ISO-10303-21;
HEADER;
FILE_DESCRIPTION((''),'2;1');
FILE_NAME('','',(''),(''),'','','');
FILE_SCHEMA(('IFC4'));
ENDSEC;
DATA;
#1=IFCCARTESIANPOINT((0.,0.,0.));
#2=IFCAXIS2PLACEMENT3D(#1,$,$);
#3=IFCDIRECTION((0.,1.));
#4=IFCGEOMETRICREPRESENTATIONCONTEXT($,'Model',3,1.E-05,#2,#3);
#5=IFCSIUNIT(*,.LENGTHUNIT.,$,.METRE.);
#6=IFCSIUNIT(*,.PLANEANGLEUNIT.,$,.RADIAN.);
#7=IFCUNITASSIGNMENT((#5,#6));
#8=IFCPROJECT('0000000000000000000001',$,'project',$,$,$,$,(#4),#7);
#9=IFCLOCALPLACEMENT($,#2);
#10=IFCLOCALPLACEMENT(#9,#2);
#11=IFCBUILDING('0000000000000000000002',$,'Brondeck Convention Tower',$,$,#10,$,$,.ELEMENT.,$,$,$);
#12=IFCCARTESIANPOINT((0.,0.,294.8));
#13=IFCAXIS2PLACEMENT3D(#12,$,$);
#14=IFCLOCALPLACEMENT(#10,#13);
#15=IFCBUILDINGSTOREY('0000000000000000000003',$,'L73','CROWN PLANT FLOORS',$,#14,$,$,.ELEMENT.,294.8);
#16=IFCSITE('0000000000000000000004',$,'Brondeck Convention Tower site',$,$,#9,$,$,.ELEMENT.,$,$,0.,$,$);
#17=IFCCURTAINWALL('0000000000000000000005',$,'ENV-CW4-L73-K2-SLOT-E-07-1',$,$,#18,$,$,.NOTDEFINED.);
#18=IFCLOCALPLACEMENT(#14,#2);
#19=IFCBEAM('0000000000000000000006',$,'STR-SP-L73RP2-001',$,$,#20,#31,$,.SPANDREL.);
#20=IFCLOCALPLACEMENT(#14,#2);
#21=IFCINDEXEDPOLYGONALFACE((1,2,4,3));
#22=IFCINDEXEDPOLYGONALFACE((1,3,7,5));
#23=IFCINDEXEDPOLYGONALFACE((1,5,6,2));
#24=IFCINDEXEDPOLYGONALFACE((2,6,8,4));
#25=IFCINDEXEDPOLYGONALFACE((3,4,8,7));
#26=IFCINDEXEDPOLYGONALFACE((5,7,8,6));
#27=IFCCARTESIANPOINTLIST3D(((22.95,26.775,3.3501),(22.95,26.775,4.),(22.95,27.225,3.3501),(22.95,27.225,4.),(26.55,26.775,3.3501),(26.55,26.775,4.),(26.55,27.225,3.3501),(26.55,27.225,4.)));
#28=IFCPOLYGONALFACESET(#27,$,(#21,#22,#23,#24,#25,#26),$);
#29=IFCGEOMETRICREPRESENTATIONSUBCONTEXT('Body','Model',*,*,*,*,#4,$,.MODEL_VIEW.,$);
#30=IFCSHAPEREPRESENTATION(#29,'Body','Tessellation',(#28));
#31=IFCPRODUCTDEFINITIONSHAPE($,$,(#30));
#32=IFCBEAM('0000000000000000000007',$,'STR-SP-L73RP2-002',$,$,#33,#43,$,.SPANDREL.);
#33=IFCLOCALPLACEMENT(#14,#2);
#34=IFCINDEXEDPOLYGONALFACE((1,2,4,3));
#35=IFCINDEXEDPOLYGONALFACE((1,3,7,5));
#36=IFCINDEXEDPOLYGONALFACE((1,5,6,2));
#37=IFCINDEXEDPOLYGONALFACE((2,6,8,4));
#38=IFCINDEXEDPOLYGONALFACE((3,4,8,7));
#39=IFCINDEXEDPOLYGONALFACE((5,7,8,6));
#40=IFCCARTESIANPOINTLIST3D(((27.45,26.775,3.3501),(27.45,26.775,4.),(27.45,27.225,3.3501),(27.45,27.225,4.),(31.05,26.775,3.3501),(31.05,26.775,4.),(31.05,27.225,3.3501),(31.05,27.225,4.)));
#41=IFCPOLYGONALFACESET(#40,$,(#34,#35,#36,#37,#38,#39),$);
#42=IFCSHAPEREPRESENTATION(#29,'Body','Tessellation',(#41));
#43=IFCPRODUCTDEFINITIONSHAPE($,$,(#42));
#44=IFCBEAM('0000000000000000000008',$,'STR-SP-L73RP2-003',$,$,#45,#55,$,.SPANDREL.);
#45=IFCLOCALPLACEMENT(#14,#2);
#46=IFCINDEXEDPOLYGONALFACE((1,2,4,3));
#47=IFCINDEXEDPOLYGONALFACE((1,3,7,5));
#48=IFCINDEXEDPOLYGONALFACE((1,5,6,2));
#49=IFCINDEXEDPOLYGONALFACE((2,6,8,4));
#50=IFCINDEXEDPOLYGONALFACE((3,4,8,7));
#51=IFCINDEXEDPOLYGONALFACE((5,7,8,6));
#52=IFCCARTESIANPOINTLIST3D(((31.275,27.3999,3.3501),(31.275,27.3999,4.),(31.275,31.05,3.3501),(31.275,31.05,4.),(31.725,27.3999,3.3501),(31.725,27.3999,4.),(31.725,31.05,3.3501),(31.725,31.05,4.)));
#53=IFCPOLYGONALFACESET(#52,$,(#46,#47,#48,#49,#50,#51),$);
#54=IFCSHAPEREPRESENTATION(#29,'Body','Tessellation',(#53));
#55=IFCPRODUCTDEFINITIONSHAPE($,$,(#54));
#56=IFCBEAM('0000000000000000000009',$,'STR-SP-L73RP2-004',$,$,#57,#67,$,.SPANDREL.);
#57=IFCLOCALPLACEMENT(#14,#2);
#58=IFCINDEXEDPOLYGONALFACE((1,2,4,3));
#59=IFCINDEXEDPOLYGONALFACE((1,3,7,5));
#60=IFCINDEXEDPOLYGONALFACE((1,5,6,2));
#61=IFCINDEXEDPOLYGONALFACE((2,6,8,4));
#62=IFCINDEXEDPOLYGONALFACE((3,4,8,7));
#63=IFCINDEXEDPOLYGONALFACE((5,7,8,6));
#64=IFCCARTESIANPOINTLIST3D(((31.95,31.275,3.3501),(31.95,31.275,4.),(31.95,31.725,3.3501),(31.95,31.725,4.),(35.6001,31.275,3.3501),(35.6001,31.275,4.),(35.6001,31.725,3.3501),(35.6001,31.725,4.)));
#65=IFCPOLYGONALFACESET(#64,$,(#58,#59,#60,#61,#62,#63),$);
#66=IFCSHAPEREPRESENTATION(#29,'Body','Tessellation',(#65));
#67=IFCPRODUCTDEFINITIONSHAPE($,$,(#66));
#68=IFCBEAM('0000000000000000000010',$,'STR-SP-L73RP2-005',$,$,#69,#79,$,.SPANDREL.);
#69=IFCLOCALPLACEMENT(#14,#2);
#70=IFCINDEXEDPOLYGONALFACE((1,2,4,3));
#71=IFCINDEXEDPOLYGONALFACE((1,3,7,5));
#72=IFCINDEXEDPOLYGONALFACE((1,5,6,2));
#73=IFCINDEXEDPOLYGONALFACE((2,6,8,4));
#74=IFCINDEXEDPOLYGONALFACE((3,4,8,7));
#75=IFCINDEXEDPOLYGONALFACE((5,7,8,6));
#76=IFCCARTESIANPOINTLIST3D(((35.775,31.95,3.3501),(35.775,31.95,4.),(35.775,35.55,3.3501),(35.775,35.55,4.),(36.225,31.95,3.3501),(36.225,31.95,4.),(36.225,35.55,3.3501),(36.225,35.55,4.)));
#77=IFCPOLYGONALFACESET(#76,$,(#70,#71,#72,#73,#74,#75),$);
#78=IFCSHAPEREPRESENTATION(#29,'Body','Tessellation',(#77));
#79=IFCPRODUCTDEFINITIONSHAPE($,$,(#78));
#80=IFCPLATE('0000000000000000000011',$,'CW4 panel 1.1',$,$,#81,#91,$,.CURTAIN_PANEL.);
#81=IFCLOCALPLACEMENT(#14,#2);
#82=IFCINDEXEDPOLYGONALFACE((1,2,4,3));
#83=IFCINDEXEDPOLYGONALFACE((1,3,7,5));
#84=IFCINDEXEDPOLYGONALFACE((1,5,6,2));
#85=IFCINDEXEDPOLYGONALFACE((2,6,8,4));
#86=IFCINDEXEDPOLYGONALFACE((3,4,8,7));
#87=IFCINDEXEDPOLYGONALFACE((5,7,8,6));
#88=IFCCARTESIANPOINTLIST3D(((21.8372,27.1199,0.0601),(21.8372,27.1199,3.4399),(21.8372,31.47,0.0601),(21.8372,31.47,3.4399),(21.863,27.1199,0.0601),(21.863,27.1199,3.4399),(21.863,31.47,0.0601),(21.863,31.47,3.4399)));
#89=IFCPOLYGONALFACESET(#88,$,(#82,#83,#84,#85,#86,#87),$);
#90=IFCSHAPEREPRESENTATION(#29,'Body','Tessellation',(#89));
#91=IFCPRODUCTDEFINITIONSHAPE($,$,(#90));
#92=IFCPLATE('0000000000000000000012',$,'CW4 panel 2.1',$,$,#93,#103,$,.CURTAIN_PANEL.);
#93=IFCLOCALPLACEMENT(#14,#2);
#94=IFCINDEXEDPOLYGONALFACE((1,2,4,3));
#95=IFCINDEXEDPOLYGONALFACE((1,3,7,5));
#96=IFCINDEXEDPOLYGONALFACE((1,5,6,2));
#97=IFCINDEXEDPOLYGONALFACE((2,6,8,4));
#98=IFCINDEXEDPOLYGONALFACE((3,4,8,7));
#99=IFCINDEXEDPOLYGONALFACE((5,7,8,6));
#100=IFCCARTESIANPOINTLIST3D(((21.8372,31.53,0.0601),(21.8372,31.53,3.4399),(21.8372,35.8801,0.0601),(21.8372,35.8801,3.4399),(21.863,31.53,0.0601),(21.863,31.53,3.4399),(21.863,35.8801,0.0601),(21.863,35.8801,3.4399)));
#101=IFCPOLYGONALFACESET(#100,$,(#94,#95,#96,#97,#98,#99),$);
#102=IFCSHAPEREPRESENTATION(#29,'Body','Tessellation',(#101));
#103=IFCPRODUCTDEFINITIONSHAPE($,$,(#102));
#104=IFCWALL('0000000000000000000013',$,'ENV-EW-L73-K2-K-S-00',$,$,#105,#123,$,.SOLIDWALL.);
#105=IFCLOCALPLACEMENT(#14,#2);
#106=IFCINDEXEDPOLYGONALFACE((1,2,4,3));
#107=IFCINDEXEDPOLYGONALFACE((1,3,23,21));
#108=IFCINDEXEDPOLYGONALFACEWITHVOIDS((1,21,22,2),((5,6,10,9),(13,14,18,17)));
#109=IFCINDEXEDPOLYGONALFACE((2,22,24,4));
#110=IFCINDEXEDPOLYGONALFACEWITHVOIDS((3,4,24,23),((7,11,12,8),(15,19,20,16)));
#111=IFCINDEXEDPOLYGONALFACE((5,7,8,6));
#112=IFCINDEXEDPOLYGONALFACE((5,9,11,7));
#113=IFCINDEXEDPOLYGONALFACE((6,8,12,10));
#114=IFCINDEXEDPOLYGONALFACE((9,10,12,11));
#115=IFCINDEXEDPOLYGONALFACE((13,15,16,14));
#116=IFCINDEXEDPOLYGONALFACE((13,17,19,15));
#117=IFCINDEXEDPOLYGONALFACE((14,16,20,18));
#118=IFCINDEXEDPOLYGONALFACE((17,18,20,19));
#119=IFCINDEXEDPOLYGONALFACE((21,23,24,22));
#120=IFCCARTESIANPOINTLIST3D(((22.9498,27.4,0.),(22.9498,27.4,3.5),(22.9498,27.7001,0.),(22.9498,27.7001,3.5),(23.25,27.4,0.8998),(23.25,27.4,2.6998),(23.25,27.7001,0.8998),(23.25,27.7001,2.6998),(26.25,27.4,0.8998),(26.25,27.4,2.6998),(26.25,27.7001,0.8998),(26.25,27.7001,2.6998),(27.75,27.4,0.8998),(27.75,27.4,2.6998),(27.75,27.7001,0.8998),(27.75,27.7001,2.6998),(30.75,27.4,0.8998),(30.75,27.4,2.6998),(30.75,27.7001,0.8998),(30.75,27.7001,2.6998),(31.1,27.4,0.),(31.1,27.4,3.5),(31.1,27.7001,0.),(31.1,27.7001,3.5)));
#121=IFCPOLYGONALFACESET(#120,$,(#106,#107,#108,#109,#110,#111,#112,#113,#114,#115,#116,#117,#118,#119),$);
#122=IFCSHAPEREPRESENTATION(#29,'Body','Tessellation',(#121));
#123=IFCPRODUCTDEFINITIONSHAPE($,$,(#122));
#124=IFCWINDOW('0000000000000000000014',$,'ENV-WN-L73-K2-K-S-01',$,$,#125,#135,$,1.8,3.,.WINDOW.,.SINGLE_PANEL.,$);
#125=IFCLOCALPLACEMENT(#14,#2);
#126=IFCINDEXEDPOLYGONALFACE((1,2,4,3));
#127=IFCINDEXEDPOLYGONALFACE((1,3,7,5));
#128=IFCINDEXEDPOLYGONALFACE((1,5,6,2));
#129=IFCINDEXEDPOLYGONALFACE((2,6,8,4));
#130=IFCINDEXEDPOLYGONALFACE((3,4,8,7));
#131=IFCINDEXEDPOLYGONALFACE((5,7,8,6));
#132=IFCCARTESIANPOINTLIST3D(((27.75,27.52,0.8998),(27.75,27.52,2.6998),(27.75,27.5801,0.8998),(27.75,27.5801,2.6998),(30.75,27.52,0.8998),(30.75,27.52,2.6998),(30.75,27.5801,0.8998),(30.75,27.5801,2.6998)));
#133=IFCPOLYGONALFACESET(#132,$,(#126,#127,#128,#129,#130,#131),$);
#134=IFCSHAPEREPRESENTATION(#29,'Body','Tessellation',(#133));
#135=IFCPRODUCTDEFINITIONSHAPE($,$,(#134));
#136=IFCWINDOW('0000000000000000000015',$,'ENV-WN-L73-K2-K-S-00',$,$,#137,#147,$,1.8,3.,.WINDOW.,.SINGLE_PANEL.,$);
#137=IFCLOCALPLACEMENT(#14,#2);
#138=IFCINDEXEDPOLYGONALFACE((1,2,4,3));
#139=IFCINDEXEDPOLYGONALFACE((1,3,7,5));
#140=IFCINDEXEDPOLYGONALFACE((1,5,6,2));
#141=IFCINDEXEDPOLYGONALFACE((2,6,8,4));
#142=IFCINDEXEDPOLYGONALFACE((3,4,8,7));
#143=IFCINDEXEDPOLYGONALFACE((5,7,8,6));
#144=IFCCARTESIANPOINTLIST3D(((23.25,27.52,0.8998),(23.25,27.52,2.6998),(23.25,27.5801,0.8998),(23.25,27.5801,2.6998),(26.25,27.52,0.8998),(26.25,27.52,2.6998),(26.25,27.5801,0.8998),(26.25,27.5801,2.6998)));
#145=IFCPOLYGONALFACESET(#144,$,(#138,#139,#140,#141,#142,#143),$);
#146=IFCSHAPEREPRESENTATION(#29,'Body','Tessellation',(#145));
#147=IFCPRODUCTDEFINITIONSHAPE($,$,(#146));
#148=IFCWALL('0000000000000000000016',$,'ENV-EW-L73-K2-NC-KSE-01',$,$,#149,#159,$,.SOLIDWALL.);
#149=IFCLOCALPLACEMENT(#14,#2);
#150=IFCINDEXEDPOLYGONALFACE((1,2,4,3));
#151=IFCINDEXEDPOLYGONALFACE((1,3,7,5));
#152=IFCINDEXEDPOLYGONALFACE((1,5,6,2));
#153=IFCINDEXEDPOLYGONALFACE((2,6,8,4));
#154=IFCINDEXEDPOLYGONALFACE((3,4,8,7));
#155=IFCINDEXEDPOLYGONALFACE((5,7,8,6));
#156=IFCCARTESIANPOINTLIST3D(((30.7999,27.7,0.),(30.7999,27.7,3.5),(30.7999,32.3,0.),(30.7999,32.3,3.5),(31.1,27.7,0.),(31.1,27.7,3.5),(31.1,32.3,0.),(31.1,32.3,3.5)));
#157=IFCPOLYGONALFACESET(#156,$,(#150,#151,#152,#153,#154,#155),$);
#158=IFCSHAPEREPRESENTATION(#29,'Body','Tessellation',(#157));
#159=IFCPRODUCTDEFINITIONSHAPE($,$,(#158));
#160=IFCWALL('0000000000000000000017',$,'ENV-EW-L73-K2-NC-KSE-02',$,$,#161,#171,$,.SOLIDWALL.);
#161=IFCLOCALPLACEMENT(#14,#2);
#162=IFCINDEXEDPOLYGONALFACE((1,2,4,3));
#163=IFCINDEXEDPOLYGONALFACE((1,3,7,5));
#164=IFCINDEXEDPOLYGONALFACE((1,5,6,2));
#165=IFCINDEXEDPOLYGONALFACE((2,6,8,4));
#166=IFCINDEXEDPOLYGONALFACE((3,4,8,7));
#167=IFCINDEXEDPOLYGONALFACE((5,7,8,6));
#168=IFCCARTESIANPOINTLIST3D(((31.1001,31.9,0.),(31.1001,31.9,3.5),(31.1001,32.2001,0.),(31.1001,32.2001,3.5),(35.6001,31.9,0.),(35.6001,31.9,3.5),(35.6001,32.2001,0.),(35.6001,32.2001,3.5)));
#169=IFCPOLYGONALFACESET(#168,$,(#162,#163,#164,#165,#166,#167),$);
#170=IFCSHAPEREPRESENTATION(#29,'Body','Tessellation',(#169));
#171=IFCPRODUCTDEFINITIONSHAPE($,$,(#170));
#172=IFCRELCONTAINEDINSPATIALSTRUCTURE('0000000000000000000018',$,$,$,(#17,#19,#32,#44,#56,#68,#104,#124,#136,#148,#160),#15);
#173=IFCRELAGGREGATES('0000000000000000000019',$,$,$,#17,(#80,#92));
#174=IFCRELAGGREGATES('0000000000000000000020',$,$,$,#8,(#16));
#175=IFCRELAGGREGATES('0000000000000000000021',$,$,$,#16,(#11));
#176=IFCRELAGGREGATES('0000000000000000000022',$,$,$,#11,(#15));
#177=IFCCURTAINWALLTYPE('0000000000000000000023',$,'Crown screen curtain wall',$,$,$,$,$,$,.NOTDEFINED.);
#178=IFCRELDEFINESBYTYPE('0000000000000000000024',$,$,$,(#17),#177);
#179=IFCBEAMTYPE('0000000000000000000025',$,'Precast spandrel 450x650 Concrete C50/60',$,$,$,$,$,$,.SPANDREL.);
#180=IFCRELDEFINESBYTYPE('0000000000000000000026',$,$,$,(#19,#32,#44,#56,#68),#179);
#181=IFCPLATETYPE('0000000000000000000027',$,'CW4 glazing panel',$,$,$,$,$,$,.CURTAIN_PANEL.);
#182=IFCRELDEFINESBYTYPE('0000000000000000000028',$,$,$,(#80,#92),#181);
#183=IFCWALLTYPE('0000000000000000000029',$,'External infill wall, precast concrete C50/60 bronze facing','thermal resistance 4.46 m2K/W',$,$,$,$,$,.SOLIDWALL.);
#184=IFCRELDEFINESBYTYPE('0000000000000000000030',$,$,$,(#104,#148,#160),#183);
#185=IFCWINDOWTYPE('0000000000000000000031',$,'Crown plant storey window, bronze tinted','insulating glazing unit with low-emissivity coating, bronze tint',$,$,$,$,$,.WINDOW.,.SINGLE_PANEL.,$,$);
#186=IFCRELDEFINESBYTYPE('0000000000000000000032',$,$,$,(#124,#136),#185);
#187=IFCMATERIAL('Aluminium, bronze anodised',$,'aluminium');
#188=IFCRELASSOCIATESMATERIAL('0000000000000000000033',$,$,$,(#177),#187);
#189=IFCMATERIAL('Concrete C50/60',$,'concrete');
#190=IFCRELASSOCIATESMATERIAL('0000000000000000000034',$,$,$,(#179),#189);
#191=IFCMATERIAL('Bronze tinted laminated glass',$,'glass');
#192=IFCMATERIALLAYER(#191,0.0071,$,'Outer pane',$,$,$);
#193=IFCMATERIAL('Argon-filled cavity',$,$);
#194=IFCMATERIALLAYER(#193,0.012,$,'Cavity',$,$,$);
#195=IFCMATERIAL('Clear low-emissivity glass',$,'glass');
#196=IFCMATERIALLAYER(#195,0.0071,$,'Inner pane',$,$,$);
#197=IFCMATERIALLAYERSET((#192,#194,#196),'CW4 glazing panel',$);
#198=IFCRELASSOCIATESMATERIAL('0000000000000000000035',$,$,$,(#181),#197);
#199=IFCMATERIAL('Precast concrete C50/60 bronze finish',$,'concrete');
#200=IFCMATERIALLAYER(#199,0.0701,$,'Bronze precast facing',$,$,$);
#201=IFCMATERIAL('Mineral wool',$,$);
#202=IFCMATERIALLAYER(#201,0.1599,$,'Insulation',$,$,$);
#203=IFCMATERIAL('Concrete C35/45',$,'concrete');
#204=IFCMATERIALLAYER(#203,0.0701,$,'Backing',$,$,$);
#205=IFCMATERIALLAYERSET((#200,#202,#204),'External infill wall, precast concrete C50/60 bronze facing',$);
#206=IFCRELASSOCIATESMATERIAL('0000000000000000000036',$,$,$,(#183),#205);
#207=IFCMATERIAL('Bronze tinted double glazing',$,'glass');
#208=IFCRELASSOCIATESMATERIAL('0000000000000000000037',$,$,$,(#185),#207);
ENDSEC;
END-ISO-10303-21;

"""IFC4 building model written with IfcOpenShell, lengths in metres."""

from ifc_helpers import new_model, si_unit, direction, frame, frame_2d, origin, origin_2d, place, context, subcontext, project, spatial, rectangle, extrude, material, layer, layer_set, material_profile, profile_set, type_object, element, fill, aggregate, save


model = new_model("IFC4")

# Units and contexts
model_context = context("Model", 3, precision=1e-05, world=origin(), true_north=direction((0.0, 1.0)))
body_context = subcontext(model_context, "Body", "Model", "MODEL_VIEW")
ifc_project = project(units=[si_unit("LENGTHUNIT", "METRE"), si_unit("PLANEANGLEUNIT", "RADIAN")], contexts=[model_context])

# Site, building, storey
site_placement = place(None, origin())
site = spatial("IfcSite", under=ifc_project, at=site_placement, Name="Brondeck Convention Tower site", CompositionType="ELEMENT", RefElevation=0.0)
building_placement = place(site_placement, origin())
building = spatial("IfcBuilding", under=site, at=building_placement, Name="Brondeck Convention Tower", CompositionType="ELEMENT")
storey_placement = place(building_placement, frame((0.0, 0.0, 294.8)))
storey = spatial("IfcBuildingStorey", under=building, at=storey_placement, Name="L73", Description="CROWN PLANT FLOORS", CompositionType="ELEMENT", Elevation=294.8)

# Shared definitions
ifc_material_1 = material(Name="Concrete C50/60", Category="concrete")

# Curtain wall
ifc_material_2 = material(Name="Aluminium, bronze anodised", Category="aluminium")
curtain_wall_type = type_object("IfcCurtainWallType", Name="Crown screen curtain wall", PredefinedType="NOTDEFINED", material=ifc_material_2)
curtain_wall_placement = place(storey_placement, origin())
curtain_wall = element("IfcCurtainWall", 1, at=curtain_wall_placement, inside=storey, type_object=curtain_wall_type, Name="ENV-CW4-L73-K2-SLOT-E-07-1", PredefinedType="NOTDEFINED")

# Beams
ifc_material_profile_1 = material_profile(ifc_material_1, rectangle(XDim=0.45, YDim=0.6499, at=origin_2d()), Name="Precast spandrel 450x650 Concrete C50/60")
ifc_profile_set_1 = profile_set([ifc_material_profile_1], Name="Concrete C50/60")
beam_type = type_object("IfcBeamType", Name="Precast spandrel 450x650 Concrete C50/60", PredefinedType="SPANDREL", material=ifc_profile_set_1)
for number, where, z_axis, x_axis, name in (
    (2, (22.95, 27.0, 3.675), (1.0, 0.0, 0.0), (0.0, 1.0, 0.0), "STR-SP-L73RP2-001"),
    (3, (27.45, 27.0, 3.675), (1.0, 0.0, 0.0), (0.0, 1.0, 0.0), "STR-SP-L73RP2-002"),
):
    element("IfcBeam", number, at=place(storey_placement, frame(where, z_axis=z_axis, x_axis=x_axis)), inside=storey, type_object=beam_type, Name=name, PredefinedType="SPANDREL", context=body_context, shape_type="SweptSolid", body=[
        extrude(rectangle(XDim=0.45, YDim=0.6499, at=origin_2d()), origin(), (0.0, 0.0, 1.0), 3.6001),
    ])
for number, where, z_axis, x_axis, name in (
    (4, (31.5, 27.3999, 3.675), (0.0, 1.0, 0.0), (-1.0, 0.0, 0.0), "STR-SP-L73RP2-003"),
    (5, (31.95, 31.5, 3.675), (1.0, 0.0, 0.0), (0.0, 1.0, 0.0), "STR-SP-L73RP2-004"),
):
    element("IfcBeam", number, at=place(storey_placement, frame(where, z_axis=z_axis, x_axis=x_axis)), inside=storey, type_object=beam_type, Name=name, PredefinedType="SPANDREL", context=body_context, shape_type="SweptSolid", body=[
        extrude(rectangle(XDim=0.45, YDim=0.6499, at=origin_2d()), origin(), (0.0, 0.0, 1.0), 3.6501),
    ])
beam_placement = place(storey_placement, frame((36.0, 31.95, 3.675), z_axis=(0.0, 1.0, 0.0), x_axis=(-1.0, 0.0, 0.0)))
element("IfcBeam", 6, at=beam_placement, inside=storey, type_object=beam_type, Name="STR-SP-L73RP2-005", PredefinedType="SPANDREL", context=body_context, shape_type="SweptSolid", body=[
    extrude(rectangle(XDim=0.45, YDim=0.6499, at=origin_2d()), origin(), (0.0, 0.0, 1.0), 3.6001),
])

# Plates
ifc_material_3 = material(Name="Bronze tinted laminated glass", Category="glass")
ifc_layer_1 = layer(ifc_material_3, 0.0071, Name="Outer pane")
ifc_material_4 = material(Name="Argon-filled cavity")
ifc_layer_2 = layer(ifc_material_4, 0.012, Name="Cavity")
ifc_material_5 = material(Name="Clear low-emissivity glass", Category="glass")
ifc_layer_3 = layer(ifc_material_5, 0.0071, Name="Inner pane")
ifc_layer_set_1 = layer_set([ifc_layer_1, ifc_layer_2, ifc_layer_3], Name="CW4 glazing panel")
plate_type = type_object("IfcPlateType", Name="CW4 glazing panel", PredefinedType="CURTAIN_PANEL", material=ifc_layer_set_1)
plate_1_placement = place(storey_placement, frame((21.8501, 29.2949, 0.0601), z_axis=(0.0, 0.0, 1.0), x_axis=(0.0, 1.0, 0.0)))
plate_1 = element("IfcPlate", 7, at=plate_1_placement, type_object=plate_type, Name="CW4 panel 1.1", PredefinedType="CURTAIN_PANEL", context=body_context, shape_type="SweptSolid", body=[
    extrude(rectangle(XDim=4.3501, YDim=0.0259, at=origin_2d()), origin(), (0.0, 0.0, 1.0), 3.3799),
])
plate_2_placement = place(storey_placement, frame((21.8501, 33.7051, 0.0601), z_axis=(0.0, 0.0, 1.0), x_axis=(0.0, 1.0, 0.0)))
plate_2 = element("IfcPlate", 8, at=plate_2_placement, type_object=plate_type, Name="CW4 panel 2.1", PredefinedType="CURTAIN_PANEL", context=body_context, shape_type="SweptSolid", body=[
    extrude(rectangle(XDim=4.3501, YDim=0.0259, at=origin_2d()), origin(), (0.0, 0.0, 1.0), 3.3799),
])
aggregate(curtain_wall, [plate_1, plate_2])

# Wall, openings, windows
ifc_material_6 = material(Name="Precast concrete C50/60 bronze finish", Category="concrete")
ifc_layer_4 = layer(ifc_material_6, 0.0701, Name="Bronze precast facing")
ifc_material_7 = material(Name="Mineral wool")
ifc_layer_5 = layer(ifc_material_7, 0.1599, Name="Insulation")
ifc_material_8 = material(Name="Concrete C35/45", Category="concrete")
ifc_layer_6 = layer(ifc_material_8, 0.0701, Name="Backing")
ifc_layer_set_2 = layer_set([ifc_layer_4, ifc_layer_5, ifc_layer_6], Name="External infill wall, precast concrete C50/60 bronze facing")
wall_type_1 = type_object("IfcWallType", Name="External infill wall, precast concrete C50/60 bronze facing", Description="thermal resistance 4.46 m2K/W", PredefinedType="SOLIDWALL", material=ifc_layer_set_2)
wall_1_placement = place(storey_placement, frame((31.1001, 27.55, 0.0), z_axis=(0.0, 0.0, 1.0), x_axis=(-1.0, 0.0, 0.0)))
wall_1 = element("IfcWall", 9, at=wall_1_placement, inside=storey, type_object=wall_type_1, Name="ENV-EW-L73-K2-K-S-00", PredefinedType="SOLIDWALL", context=body_context, shape_type="SweptSolid", body=[
    extrude(rectangle(XDim=8.1501, YDim=0.3, at=frame_2d((4.0752, 0.0))), origin(), (0.0, 0.0, 1.0), 3.5),
])
opening_1_placement = place(wall_1_placement, frame((0.3501, 0.0, 0.8999)))
opening_1 = element("IfcOpeningElement", 10, at=opening_1_placement, cuts=wall_1, PredefinedType="OPENING", context=body_context, shape_type="SweptSolid", body=[
    extrude(rectangle(XDim=3.0, YDim=1.8, at=frame_2d((1.5, 0.8999))), frame((0.0, 0.1599, 0.0), z_axis=(0.0, -1.0, 0.0), x_axis=(1.0, 0.0, 0.0)), (0.0, 0.0, 1.0), 0.3201),
])
opening_2_placement = place(wall_1_placement, frame((4.8501, 0.0, 0.8999)))
opening_2 = element("IfcOpeningElement", 11, at=opening_2_placement, cuts=wall_1, PredefinedType="OPENING", context=body_context, shape_type="SweptSolid", body=[
    extrude(rectangle(XDim=3.0, YDim=1.8, at=frame_2d((1.5, 0.8999))), frame((0.0, 0.1599, 0.0), z_axis=(0.0, -1.0, 0.0), x_axis=(1.0, 0.0, 0.0)), (0.0, 0.0, 1.0), 0.3201),
])
ifc_material_9 = material(Name="Bronze tinted double glazing", Category="glass")
window_type = type_object("IfcWindowType", Name="Crown plant storey window, bronze tinted", Description="insulating glazing unit with low-emissivity coating, bronze tint", PartitioningType="SINGLE_PANEL", PredefinedType="WINDOW", material=ifc_material_9)
window_1_placement = place(opening_1_placement, origin())
window_1 = element("IfcWindow", 12, at=window_1_placement, inside=storey, type_object=window_type, Name="ENV-WN-L73-K2-K-S-01", OverallHeight=1.8, OverallWidth=3.0, PartitioningType="SINGLE_PANEL", PredefinedType="WINDOW", context=body_context, shape_type="SweptSolid", body=[
    extrude(rectangle(XDim=3.0, YDim=1.8, at=frame_2d((1.5, 0.8999))), frame((0.0, 0.03, 0.0), z_axis=(0.0, -1.0, 0.0), x_axis=(1.0, 0.0, 0.0)), (0.0, 0.0, 1.0), 0.0601),
])
fill(opening_1, window_1)
window_2_placement = place(opening_2_placement, origin())
window_2 = element("IfcWindow", 13, at=window_2_placement, inside=storey, type_object=window_type, Name="ENV-WN-L73-K2-K-S-00", OverallHeight=1.8, OverallWidth=3.0, PartitioningType="SINGLE_PANEL", PredefinedType="WINDOW", context=body_context, shape_type="SweptSolid", body=[
    extrude(rectangle(XDim=3.0, YDim=1.8, at=frame_2d((1.5, 0.8999))), frame((0.0, 0.03, 0.0), z_axis=(0.0, -1.0, 0.0), x_axis=(1.0, 0.0, 0.0)), (0.0, 0.0, 1.0), 0.0601),
])
fill(opening_2, window_2)

# Walls
wall_2_placement = place(storey_placement, frame((30.95, 32.3, 0.0), z_axis=(0.0, 0.0, 1.0), x_axis=(0.0, -1.0, 0.0)))
element("IfcWall", 14, at=wall_2_placement, inside=storey, type_object=wall_type_1, Name="ENV-EW-L73-K2-NC-KSE-01", PredefinedType="SOLIDWALL", context=body_context, shape_type="SweptSolid", body=[
    extrude(rectangle(XDim=4.6001, YDim=0.3, at=frame_2d((2.3, 0.0))), origin(), (0.0, 0.0, 1.0), 3.5),
])
wall_3_placement = place(storey_placement, frame((35.6001, 32.05, 0.0), z_axis=(0.0, 0.0, 1.0), x_axis=(-1.0, 0.0, 0.0)))
element("IfcWall", 15, at=wall_3_placement, inside=storey, type_object=wall_type_1, Name="ENV-EW-L73-K2-NC-KSE-02", PredefinedType="SOLIDWALL", context=body_context, shape_type="SweptSolid", body=[
    extrude(rectangle(XDim=4.5, YDim=0.3, at=frame_2d((2.25, 0.0))), origin(), (0.0, 0.0, 1.0), 3.5),
])

save(model, "model.ifc")
